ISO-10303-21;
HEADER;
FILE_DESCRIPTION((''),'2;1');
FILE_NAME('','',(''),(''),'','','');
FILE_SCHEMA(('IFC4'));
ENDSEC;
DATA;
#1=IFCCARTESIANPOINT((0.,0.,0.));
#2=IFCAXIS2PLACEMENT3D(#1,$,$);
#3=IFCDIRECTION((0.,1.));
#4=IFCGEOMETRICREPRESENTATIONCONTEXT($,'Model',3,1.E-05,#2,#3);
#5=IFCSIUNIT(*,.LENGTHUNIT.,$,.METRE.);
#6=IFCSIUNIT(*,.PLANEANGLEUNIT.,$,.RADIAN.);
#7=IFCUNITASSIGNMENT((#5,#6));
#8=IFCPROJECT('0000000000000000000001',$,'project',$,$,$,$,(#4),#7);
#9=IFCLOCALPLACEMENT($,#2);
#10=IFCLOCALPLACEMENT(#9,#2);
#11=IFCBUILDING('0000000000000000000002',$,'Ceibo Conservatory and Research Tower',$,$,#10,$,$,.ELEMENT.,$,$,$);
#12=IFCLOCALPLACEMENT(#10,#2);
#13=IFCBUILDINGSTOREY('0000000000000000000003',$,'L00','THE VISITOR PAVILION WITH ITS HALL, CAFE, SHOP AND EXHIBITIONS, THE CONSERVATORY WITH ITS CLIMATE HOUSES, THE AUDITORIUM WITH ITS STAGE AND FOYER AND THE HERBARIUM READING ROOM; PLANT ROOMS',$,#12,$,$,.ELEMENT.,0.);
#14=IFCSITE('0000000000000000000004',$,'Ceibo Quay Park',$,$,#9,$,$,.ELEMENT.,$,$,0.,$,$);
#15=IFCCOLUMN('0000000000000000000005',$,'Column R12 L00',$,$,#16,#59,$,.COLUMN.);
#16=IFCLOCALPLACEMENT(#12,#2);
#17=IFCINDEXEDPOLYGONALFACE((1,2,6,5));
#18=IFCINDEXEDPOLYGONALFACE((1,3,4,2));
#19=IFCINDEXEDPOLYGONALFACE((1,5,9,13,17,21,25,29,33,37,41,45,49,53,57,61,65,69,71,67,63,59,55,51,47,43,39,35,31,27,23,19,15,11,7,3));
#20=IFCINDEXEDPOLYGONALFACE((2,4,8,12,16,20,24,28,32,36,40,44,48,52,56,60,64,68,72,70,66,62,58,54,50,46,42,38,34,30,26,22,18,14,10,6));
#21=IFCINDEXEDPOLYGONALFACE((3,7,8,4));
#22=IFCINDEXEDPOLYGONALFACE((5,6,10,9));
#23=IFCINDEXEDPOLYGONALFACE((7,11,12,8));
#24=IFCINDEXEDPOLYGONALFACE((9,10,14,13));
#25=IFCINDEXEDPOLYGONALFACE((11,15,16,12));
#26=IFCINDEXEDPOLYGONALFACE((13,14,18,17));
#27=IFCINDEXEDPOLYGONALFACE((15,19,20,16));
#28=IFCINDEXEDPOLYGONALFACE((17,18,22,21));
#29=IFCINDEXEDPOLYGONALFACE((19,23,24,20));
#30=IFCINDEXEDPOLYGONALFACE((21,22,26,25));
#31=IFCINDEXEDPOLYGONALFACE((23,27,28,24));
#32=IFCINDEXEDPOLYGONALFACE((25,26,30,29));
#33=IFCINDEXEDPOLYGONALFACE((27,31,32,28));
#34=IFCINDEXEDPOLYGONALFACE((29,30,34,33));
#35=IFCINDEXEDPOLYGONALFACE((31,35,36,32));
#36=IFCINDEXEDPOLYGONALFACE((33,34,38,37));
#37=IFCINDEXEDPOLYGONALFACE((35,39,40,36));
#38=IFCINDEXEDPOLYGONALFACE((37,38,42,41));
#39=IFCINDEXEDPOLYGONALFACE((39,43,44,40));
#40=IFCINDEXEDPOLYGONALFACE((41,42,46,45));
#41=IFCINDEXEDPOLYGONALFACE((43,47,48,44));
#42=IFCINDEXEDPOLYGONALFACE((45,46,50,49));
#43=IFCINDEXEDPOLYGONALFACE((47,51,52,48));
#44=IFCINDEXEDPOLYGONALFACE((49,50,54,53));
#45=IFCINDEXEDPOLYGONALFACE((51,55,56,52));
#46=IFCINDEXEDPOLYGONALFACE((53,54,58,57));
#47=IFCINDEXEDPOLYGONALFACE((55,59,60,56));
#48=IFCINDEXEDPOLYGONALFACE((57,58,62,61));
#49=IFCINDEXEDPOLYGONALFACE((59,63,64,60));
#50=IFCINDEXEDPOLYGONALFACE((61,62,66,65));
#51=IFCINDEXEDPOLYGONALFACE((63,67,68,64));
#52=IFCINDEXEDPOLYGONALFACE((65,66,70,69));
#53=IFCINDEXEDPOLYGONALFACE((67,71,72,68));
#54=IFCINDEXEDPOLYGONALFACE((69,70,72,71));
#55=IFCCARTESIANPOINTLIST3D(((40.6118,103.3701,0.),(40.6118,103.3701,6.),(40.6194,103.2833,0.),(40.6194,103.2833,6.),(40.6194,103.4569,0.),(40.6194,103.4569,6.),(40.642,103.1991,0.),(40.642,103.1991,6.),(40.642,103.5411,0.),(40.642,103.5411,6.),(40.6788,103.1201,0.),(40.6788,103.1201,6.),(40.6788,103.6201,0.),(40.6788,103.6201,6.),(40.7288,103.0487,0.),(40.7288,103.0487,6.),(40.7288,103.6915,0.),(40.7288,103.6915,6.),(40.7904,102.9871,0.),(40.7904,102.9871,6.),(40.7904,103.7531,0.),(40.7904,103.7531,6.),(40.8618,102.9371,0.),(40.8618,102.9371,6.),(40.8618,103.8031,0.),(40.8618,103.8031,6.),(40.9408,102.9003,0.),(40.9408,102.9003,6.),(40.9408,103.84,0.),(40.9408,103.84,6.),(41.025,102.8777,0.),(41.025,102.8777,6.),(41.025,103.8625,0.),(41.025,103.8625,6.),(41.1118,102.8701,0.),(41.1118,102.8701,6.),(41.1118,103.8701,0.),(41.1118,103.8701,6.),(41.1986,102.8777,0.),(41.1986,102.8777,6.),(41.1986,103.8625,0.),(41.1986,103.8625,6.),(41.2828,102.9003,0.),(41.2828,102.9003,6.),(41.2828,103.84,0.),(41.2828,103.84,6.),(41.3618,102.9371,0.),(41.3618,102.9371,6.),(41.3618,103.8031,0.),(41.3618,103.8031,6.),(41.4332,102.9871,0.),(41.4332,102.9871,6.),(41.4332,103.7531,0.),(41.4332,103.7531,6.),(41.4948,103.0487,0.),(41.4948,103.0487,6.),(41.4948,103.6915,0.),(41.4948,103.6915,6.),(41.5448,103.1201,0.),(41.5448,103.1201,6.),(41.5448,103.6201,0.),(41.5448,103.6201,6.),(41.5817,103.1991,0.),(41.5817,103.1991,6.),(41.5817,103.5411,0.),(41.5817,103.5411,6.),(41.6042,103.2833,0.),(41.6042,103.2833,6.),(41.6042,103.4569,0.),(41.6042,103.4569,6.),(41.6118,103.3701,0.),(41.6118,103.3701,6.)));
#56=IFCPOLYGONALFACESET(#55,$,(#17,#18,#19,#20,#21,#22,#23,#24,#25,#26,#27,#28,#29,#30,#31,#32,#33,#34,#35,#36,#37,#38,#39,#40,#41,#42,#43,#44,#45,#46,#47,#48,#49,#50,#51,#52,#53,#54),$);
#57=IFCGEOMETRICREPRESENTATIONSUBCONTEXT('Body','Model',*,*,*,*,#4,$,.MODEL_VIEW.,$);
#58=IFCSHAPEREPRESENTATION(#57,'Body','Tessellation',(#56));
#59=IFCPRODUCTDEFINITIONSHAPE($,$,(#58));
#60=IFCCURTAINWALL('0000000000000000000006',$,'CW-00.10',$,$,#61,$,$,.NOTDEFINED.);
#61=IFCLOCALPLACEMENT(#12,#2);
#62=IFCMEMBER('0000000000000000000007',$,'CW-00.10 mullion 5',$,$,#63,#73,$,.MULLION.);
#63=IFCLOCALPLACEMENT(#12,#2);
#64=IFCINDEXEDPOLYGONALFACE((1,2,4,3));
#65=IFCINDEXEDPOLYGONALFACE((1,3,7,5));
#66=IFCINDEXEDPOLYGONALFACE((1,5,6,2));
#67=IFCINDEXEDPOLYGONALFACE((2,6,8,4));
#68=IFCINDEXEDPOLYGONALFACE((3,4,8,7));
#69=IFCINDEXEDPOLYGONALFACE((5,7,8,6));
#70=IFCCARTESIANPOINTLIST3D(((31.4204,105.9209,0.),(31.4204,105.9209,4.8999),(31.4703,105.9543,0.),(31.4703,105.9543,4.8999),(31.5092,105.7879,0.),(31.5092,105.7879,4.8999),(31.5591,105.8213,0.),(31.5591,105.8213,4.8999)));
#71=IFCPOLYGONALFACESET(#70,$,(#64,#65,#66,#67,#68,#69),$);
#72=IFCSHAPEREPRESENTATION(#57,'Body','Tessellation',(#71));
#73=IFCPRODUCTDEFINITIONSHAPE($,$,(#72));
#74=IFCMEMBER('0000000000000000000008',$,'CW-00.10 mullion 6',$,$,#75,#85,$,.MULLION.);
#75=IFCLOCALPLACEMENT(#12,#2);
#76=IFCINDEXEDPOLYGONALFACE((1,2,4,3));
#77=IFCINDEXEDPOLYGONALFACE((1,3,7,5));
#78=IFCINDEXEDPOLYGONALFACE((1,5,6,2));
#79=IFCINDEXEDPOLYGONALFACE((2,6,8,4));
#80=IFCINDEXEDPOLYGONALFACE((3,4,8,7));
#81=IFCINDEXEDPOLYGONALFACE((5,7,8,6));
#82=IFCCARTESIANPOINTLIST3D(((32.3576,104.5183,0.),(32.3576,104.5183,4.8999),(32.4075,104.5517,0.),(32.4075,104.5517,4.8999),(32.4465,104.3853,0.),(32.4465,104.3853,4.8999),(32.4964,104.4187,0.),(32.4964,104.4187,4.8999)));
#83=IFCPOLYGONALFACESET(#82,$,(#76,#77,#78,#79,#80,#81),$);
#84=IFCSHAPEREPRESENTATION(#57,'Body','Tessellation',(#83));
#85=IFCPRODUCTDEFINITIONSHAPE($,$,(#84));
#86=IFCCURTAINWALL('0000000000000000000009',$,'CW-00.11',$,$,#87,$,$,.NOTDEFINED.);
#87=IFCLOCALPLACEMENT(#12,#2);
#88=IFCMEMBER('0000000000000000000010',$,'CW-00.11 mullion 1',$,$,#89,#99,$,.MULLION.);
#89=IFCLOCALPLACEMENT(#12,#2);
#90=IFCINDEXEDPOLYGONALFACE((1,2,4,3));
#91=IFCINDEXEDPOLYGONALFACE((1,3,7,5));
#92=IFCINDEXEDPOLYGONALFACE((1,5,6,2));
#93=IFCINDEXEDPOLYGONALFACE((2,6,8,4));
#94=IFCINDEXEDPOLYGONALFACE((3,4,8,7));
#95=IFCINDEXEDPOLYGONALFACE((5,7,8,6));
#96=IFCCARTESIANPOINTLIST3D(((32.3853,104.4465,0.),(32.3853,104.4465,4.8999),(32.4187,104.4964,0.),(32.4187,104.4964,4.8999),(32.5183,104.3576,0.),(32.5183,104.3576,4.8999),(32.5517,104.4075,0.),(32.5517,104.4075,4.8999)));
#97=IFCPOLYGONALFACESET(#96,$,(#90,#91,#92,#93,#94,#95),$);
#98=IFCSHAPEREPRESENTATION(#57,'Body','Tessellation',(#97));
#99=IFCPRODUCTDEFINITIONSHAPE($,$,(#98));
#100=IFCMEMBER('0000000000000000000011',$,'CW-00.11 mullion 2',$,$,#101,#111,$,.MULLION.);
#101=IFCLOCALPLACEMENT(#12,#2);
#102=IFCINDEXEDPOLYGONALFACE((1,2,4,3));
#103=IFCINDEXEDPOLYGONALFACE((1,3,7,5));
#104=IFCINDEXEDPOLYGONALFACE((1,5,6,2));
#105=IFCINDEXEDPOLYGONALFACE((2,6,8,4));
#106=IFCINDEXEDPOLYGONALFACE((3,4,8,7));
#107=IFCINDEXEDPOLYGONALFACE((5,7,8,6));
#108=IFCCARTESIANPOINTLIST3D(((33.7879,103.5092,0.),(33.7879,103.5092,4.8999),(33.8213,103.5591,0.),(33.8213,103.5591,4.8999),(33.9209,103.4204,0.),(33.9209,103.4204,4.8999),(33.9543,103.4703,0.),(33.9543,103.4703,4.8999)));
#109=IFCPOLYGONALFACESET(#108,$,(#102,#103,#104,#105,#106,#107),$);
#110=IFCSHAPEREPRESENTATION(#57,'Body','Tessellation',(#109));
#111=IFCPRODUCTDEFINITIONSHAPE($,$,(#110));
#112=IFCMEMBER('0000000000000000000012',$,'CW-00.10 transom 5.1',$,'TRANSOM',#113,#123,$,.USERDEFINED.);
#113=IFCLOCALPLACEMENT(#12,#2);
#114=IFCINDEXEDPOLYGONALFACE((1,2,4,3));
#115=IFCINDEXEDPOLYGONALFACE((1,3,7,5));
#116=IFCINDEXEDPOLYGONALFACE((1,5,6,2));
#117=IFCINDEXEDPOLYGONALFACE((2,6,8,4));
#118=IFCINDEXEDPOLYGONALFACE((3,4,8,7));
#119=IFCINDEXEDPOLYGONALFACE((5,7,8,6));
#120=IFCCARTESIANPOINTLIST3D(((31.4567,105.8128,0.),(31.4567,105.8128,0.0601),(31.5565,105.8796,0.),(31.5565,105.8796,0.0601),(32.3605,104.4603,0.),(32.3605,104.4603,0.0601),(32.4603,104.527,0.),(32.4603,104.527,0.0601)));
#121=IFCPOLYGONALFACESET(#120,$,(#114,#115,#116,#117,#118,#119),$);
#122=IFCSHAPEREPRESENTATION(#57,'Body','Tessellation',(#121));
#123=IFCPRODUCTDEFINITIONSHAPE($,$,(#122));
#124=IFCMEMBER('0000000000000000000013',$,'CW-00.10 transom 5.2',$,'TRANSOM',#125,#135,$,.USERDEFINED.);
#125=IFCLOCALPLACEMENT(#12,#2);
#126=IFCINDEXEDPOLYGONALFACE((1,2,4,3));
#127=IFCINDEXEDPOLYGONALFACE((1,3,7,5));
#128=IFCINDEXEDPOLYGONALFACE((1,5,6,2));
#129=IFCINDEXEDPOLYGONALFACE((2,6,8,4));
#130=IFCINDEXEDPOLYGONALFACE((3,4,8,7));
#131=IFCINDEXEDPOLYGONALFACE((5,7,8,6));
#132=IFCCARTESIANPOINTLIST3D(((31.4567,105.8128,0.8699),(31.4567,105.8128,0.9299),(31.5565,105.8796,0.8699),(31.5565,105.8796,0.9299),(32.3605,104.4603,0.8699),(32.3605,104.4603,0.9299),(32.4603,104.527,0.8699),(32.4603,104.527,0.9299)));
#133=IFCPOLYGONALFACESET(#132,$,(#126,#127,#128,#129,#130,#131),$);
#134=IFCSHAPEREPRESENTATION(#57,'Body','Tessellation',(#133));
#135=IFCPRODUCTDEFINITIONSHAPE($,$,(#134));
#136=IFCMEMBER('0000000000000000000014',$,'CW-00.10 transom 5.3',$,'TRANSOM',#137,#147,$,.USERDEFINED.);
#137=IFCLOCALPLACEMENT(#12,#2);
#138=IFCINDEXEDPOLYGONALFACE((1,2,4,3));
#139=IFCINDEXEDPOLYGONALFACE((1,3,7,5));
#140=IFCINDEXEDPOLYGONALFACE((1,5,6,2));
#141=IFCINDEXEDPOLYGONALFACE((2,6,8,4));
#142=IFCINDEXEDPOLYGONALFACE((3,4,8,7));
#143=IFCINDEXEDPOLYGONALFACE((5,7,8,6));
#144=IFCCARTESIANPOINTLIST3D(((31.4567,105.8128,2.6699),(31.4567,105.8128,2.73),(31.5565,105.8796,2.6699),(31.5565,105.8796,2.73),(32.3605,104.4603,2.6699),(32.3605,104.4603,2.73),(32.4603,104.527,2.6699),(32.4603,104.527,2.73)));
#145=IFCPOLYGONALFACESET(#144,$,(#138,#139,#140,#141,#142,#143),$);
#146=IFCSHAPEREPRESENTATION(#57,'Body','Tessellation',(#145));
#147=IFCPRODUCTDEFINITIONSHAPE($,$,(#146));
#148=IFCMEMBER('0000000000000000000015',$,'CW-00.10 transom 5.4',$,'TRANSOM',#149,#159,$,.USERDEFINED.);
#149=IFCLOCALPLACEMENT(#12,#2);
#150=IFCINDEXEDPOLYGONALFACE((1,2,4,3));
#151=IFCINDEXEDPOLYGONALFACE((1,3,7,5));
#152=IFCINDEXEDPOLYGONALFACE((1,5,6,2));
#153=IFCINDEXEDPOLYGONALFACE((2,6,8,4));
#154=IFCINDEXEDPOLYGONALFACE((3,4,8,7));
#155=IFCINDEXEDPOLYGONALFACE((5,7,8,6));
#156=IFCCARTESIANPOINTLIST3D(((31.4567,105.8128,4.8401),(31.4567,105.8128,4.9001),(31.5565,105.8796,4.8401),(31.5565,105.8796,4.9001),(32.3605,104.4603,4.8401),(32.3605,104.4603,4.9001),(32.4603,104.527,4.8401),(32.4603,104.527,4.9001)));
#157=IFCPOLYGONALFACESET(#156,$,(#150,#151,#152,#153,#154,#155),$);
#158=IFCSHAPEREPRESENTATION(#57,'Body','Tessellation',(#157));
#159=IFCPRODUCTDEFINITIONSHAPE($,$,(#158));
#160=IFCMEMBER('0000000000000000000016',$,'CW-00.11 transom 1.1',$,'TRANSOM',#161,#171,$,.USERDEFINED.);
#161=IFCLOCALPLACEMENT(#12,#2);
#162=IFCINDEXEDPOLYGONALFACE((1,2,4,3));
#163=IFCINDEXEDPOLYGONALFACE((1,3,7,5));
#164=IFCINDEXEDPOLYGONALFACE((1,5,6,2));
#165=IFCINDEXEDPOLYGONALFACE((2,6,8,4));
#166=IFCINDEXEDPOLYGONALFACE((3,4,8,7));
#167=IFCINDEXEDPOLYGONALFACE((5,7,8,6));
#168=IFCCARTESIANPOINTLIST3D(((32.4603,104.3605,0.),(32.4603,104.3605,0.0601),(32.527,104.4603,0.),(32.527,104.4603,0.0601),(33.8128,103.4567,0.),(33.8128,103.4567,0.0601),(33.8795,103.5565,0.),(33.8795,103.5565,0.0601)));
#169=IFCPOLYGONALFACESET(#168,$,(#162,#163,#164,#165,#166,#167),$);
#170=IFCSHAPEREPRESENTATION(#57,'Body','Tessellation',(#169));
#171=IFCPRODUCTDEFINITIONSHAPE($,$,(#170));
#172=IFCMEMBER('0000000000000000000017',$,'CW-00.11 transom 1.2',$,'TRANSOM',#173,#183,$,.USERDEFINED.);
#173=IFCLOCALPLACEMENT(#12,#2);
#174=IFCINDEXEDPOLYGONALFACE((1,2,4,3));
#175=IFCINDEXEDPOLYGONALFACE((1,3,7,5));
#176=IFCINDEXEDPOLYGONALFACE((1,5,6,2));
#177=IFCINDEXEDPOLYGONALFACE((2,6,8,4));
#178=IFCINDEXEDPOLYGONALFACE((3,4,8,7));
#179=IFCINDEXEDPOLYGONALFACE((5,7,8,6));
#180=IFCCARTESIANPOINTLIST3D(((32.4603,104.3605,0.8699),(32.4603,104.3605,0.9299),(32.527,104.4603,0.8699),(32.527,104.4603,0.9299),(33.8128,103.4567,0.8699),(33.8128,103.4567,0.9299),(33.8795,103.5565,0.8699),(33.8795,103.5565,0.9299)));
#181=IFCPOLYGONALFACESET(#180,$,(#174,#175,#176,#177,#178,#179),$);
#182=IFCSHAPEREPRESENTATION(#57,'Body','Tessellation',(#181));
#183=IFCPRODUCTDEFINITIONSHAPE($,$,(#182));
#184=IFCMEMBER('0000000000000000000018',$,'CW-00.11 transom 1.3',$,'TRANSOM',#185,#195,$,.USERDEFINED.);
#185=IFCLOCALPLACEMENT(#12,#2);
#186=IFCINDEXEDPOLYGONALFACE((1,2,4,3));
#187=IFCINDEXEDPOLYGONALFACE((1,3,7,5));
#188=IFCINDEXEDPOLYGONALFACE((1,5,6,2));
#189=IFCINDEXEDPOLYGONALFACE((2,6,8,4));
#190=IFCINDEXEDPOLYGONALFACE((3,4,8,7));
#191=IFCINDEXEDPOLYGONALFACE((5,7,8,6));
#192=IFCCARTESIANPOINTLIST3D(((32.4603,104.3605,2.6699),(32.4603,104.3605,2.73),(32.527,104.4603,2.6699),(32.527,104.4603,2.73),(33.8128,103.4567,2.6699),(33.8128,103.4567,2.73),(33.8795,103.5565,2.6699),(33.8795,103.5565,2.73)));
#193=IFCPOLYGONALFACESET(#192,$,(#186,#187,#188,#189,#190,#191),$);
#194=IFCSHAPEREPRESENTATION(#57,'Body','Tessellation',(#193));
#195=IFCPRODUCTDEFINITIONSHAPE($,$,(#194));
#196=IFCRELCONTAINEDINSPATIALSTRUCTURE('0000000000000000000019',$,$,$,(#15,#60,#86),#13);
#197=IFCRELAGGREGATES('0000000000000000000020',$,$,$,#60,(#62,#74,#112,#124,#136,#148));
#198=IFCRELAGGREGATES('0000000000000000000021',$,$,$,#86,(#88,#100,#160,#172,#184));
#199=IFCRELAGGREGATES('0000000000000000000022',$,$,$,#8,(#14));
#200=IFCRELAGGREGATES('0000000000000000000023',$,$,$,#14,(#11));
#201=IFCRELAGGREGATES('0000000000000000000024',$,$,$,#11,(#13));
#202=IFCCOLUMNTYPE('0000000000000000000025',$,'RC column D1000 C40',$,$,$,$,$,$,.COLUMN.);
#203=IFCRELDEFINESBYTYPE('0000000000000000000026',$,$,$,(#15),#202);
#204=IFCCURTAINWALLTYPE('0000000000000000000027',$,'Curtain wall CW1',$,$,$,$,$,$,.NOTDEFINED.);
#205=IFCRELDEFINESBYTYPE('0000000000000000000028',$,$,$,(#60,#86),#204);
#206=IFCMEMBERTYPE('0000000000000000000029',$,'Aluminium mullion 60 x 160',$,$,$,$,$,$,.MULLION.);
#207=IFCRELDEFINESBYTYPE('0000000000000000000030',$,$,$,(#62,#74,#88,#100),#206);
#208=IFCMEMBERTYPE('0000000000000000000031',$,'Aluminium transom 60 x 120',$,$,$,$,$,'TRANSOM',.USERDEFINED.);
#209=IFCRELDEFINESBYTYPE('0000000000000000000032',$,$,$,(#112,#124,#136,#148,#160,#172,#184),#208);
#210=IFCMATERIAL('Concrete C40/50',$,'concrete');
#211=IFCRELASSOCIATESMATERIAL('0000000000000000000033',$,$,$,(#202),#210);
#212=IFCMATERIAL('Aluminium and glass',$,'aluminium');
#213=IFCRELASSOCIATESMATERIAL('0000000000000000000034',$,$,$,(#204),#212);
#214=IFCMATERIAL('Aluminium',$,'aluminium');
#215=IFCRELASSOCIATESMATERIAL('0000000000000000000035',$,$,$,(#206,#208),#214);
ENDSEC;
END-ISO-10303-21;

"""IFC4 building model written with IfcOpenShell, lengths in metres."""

from ifc_helpers import new_model, si_unit, direction, frame, origin, origin_2d, place, context, subcontext, project, spatial, rectangle, circle, extrude, material, material_profile, profile_set, type_object, element, aggregate, save


model = new_model("IFC4")

# Units and contexts
model_context = context("Model", 3, precision=1e-05, world=origin(), true_north=direction((0.0, 1.0)))
body_context = subcontext(model_context, "Body", "Model", "MODEL_VIEW")
ifc_project = project(units=[si_unit("LENGTHUNIT", "METRE"), si_unit("PLANEANGLEUNIT", "RADIAN")], contexts=[model_context])

# Site, building, storey
site_placement = place(None, origin())
site = spatial("IfcSite", under=ifc_project, at=site_placement, Name="Ceibo Quay Park", CompositionType="ELEMENT", RefElevation=0.0)
building_placement = place(site_placement, origin())
building = spatial("IfcBuilding", under=site, at=building_placement, Name="Ceibo Conservatory and Research Tower", CompositionType="ELEMENT")
storey_placement = place(building_placement, origin())
storey = spatial("IfcBuildingStorey", under=building, at=storey_placement, Name="L00", Description="THE VISITOR PAVILION WITH ITS HALL, CAFE, SHOP AND EXHIBITIONS, THE CONSERVATORY WITH ITS CLIMATE HOUSES, THE AUDITORIUM WITH ITS STAGE AND FOYER AND THE HERBARIUM READING ROOM; PLANT ROOMS", CompositionType="ELEMENT", Elevation=0.0)

# Column
ifc_material_1 = material(Name="Concrete C40/50", Category="concrete")
ifc_material_profile_1 = material_profile(ifc_material_1, circle(Radius=0.5, at=origin_2d()), Name="RC D1000")
ifc_profile_set_1 = profile_set([ifc_material_profile_1], Name="Concrete C40/50")
column_type = type_object("IfcColumnType", Name="RC column D1000 C40", PredefinedType="COLUMN", material=ifc_profile_set_1)
column_placement = place(storey_placement, frame((41.1118, 103.3701, 0.0), z_axis=(0.0, 0.0, 1.0), x_axis=(1.0, 0.0, 0.0)))
element("IfcColumn", 1, at=column_placement, inside=storey, type_object=column_type, Name="Column R12 L00", PredefinedType="COLUMN", context=body_context, shape_type="SweptSolid", body=[
    extrude(circle(Radius=0.5, at=origin_2d()), origin(), (0.0, 0.0, 1.0), 6.0),
])

# Curtain walls, members
ifc_material_2 = material(Name="Aluminium and glass", Category="aluminium")
curtain_wall_type = type_object("IfcCurtainWallType", Name="Curtain wall CW1", PredefinedType="NOTDEFINED", material=ifc_material_2)
curtain_wall_1_placement = place(storey_placement, origin())
curtain_wall_1 = element("IfcCurtainWall", 2, at=curtain_wall_1_placement, inside=storey, type_object=curtain_wall_type, Name="CW-00.10", PredefinedType="NOTDEFINED")
ifc_material_3 = material(Name="Aluminium", Category="aluminium")
ifc_material_profile_2 = material_profile(ifc_material_3, rectangle(XDim=0.0601, YDim=0.1599, at=origin_2d()), Name="Aluminium 60 x 160")
ifc_profile_set_2 = profile_set([ifc_material_profile_2], Name="Aluminium")
member_type_1 = type_object("IfcMemberType", Name="Aluminium mullion 60 x 160", PredefinedType="MULLION", material=ifc_profile_set_2)
member_1_placement = place(storey_placement, frame((31.4897, 105.8711, 0.0), z_axis=(0.0, 0.0, 1.0), x_axis=(0.83147, 0.55557, 0.0)))
member_1 = element("IfcMember", 3, at=member_1_placement, type_object=member_type_1, Name="CW-00.10 mullion 5", PredefinedType="MULLION", context=body_context, shape_type="SweptSolid", body=[
    extrude(rectangle(XDim=0.0601, YDim=0.1599, at=origin_2d()), origin(), (0.0, 0.0, 1.0), 4.8999),
])
member_2_placement = place(storey_placement, frame((32.427, 104.4685, 0.0), z_axis=(0.0, 0.0, 1.0), x_axis=(0.83147, 0.55557, 0.0)))
member_2 = element("IfcMember", 4, at=member_2_placement, type_object=member_type_1, Name="CW-00.10 mullion 6", PredefinedType="MULLION", context=body_context, shape_type="SweptSolid", body=[
    extrude(rectangle(XDim=0.0601, YDim=0.1599, at=origin_2d()), origin(), (0.0, 0.0, 1.0), 4.8999),
])
curtain_wall_2_placement = place(storey_placement, origin())
curtain_wall_2 = element("IfcCurtainWall", 5, at=curtain_wall_2_placement, inside=storey, type_object=curtain_wall_type, Name="CW-00.11", PredefinedType="NOTDEFINED")
member_3_placement = place(storey_placement, frame((32.4685, 104.427, 0.0), z_axis=(0.0, 0.0, 1.0), x_axis=(0.55557, 0.83147, 0.0)))
member_3 = element("IfcMember", 6, at=member_3_placement, type_object=member_type_1, Name="CW-00.11 mullion 1", PredefinedType="MULLION", context=body_context, shape_type="SweptSolid", body=[
    extrude(rectangle(XDim=0.0601, YDim=0.1599, at=origin_2d()), origin(), (0.0, 0.0, 1.0), 4.8999),
])
member_4_placement = place(storey_placement, frame((33.8711, 103.4897, 0.0), z_axis=(0.0, 0.0, 1.0), x_axis=(0.55557, 0.83147, 0.0)))
member_4 = element("IfcMember", 7, at=member_4_placement, type_object=member_type_1, Name="CW-00.11 mullion 2", PredefinedType="MULLION", context=body_context, shape_type="SweptSolid", body=[
    extrude(rectangle(XDim=0.0601, YDim=0.1599, at=origin_2d()), origin(), (0.0, 0.0, 1.0), 4.8999),
])

# Members
ifc_material_profile_3 = material_profile(ifc_material_3, rectangle(XDim=0.1201, YDim=0.0601, at=origin_2d()), Name="Aluminium 60 x 120")
ifc_profile_set_3 = profile_set([ifc_material_profile_3], Name="Aluminium")
member_type_2 = type_object("IfcMemberType", Name="Aluminium transom 60 x 120", ElementType="TRANSOM", PredefinedType="USERDEFINED", material=ifc_profile_set_3)
member_5_placement = place(storey_placement, frame((31.5066, 105.8462, 0.03), z_axis=(0.5556, -0.831449, 0.0), x_axis=(0.831449, 0.5556, 0.0)))
member_5 = element("IfcMember", 8, at=member_5_placement, type_object=member_type_2, Name="CW-00.10 transom 5.1", ObjectType="TRANSOM", PredefinedType="USERDEFINED", context=body_context, shape_type="SweptSolid", body=[
    extrude(rectangle(XDim=0.1201, YDim=0.0601, at=origin_2d()), origin(), (0.0, 0.0, 1.0), 1.6267),
])
member_6_placement = place(storey_placement, frame((31.5066, 105.8462, 0.8999), z_axis=(0.5556, -0.831449, 0.0), x_axis=(0.831449, 0.5556, 0.0)))
member_6 = element("IfcMember", 9, at=member_6_placement, type_object=member_type_2, Name="CW-00.10 transom 5.2", ObjectType="TRANSOM", PredefinedType="USERDEFINED", context=body_context, shape_type="SweptSolid", body=[
    extrude(rectangle(XDim=0.1201, YDim=0.0601, at=origin_2d()), origin(), (0.0, 0.0, 1.0), 1.6267),
])
member_7_placement = place(storey_placement, frame((31.5066, 105.8462, 2.7), z_axis=(0.5556, -0.831449, 0.0), x_axis=(0.831449, 0.5556, 0.0)))
member_7 = element("IfcMember", 10, at=member_7_placement, type_object=member_type_2, Name="CW-00.10 transom 5.3", ObjectType="TRANSOM", PredefinedType="USERDEFINED", context=body_context, shape_type="SweptSolid", body=[
    extrude(rectangle(XDim=0.1201, YDim=0.0601, at=origin_2d()), origin(), (0.0, 0.0, 1.0), 1.6267),
])
member_8_placement = place(storey_placement, frame((31.5066, 105.8462, 4.8701), z_axis=(0.5556, -0.831449, 0.0), x_axis=(0.831449, 0.5556, 0.0)))
member_8 = element("IfcMember", 11, at=member_8_placement, type_object=member_type_2, Name="CW-00.10 transom 5.4", ObjectType="TRANSOM", PredefinedType="USERDEFINED", context=body_context, shape_type="SweptSolid", body=[
    extrude(rectangle(XDim=0.1201, YDim=0.0601, at=origin_2d()), origin(), (0.0, 0.0, 1.0), 1.6267),
])
member_9_placement = place(storey_placement, frame((32.4937, 104.4104, 0.03), z_axis=(0.831449, -0.5556, 0.0), x_axis=(0.5556, 0.831449, 0.0)))
member_9 = element("IfcMember", 12, at=member_9_placement, type_object=member_type_2, Name="CW-00.11 transom 1.1", ObjectType="TRANSOM", PredefinedType="USERDEFINED", context=body_context, shape_type="SweptSolid", body=[
    extrude(rectangle(XDim=0.1201, YDim=0.0601, at=origin_2d()), origin(), (0.0, 0.0, 1.0), 1.6267),
])
member_10_placement = place(storey_placement, frame((32.4937, 104.4104, 0.8999), z_axis=(0.831449, -0.5556, 0.0), x_axis=(0.5556, 0.831449, 0.0)))
member_10 = element("IfcMember", 13, at=member_10_placement, type_object=member_type_2, Name="CW-00.11 transom 1.2", ObjectType="TRANSOM", PredefinedType="USERDEFINED", context=body_context, shape_type="SweptSolid", body=[
    extrude(rectangle(XDim=0.1201, YDim=0.0601, at=origin_2d()), origin(), (0.0, 0.0, 1.0), 1.6267),
])
member_11_placement = place(storey_placement, frame((32.4937, 104.4104, 2.7), z_axis=(0.831449, -0.5556, 0.0), x_axis=(0.5556, 0.831449, 0.0)))
member_11 = element("IfcMember", 14, at=member_11_placement, type_object=member_type_2, Name="CW-00.11 transom 1.3", ObjectType="TRANSOM", PredefinedType="USERDEFINED", context=body_context, shape_type="SweptSolid", body=[
    extrude(rectangle(XDim=0.1201, YDim=0.0601, at=origin_2d()), origin(), (0.0, 0.0, 1.0), 1.6267),
])

aggregate(curtain_wall_1, [member_1, member_2, member_5, member_6, member_7, member_8])
aggregate(curtain_wall_2, [member_3, member_4, member_9, member_10, member_11])

save(model, "model.ifc")
